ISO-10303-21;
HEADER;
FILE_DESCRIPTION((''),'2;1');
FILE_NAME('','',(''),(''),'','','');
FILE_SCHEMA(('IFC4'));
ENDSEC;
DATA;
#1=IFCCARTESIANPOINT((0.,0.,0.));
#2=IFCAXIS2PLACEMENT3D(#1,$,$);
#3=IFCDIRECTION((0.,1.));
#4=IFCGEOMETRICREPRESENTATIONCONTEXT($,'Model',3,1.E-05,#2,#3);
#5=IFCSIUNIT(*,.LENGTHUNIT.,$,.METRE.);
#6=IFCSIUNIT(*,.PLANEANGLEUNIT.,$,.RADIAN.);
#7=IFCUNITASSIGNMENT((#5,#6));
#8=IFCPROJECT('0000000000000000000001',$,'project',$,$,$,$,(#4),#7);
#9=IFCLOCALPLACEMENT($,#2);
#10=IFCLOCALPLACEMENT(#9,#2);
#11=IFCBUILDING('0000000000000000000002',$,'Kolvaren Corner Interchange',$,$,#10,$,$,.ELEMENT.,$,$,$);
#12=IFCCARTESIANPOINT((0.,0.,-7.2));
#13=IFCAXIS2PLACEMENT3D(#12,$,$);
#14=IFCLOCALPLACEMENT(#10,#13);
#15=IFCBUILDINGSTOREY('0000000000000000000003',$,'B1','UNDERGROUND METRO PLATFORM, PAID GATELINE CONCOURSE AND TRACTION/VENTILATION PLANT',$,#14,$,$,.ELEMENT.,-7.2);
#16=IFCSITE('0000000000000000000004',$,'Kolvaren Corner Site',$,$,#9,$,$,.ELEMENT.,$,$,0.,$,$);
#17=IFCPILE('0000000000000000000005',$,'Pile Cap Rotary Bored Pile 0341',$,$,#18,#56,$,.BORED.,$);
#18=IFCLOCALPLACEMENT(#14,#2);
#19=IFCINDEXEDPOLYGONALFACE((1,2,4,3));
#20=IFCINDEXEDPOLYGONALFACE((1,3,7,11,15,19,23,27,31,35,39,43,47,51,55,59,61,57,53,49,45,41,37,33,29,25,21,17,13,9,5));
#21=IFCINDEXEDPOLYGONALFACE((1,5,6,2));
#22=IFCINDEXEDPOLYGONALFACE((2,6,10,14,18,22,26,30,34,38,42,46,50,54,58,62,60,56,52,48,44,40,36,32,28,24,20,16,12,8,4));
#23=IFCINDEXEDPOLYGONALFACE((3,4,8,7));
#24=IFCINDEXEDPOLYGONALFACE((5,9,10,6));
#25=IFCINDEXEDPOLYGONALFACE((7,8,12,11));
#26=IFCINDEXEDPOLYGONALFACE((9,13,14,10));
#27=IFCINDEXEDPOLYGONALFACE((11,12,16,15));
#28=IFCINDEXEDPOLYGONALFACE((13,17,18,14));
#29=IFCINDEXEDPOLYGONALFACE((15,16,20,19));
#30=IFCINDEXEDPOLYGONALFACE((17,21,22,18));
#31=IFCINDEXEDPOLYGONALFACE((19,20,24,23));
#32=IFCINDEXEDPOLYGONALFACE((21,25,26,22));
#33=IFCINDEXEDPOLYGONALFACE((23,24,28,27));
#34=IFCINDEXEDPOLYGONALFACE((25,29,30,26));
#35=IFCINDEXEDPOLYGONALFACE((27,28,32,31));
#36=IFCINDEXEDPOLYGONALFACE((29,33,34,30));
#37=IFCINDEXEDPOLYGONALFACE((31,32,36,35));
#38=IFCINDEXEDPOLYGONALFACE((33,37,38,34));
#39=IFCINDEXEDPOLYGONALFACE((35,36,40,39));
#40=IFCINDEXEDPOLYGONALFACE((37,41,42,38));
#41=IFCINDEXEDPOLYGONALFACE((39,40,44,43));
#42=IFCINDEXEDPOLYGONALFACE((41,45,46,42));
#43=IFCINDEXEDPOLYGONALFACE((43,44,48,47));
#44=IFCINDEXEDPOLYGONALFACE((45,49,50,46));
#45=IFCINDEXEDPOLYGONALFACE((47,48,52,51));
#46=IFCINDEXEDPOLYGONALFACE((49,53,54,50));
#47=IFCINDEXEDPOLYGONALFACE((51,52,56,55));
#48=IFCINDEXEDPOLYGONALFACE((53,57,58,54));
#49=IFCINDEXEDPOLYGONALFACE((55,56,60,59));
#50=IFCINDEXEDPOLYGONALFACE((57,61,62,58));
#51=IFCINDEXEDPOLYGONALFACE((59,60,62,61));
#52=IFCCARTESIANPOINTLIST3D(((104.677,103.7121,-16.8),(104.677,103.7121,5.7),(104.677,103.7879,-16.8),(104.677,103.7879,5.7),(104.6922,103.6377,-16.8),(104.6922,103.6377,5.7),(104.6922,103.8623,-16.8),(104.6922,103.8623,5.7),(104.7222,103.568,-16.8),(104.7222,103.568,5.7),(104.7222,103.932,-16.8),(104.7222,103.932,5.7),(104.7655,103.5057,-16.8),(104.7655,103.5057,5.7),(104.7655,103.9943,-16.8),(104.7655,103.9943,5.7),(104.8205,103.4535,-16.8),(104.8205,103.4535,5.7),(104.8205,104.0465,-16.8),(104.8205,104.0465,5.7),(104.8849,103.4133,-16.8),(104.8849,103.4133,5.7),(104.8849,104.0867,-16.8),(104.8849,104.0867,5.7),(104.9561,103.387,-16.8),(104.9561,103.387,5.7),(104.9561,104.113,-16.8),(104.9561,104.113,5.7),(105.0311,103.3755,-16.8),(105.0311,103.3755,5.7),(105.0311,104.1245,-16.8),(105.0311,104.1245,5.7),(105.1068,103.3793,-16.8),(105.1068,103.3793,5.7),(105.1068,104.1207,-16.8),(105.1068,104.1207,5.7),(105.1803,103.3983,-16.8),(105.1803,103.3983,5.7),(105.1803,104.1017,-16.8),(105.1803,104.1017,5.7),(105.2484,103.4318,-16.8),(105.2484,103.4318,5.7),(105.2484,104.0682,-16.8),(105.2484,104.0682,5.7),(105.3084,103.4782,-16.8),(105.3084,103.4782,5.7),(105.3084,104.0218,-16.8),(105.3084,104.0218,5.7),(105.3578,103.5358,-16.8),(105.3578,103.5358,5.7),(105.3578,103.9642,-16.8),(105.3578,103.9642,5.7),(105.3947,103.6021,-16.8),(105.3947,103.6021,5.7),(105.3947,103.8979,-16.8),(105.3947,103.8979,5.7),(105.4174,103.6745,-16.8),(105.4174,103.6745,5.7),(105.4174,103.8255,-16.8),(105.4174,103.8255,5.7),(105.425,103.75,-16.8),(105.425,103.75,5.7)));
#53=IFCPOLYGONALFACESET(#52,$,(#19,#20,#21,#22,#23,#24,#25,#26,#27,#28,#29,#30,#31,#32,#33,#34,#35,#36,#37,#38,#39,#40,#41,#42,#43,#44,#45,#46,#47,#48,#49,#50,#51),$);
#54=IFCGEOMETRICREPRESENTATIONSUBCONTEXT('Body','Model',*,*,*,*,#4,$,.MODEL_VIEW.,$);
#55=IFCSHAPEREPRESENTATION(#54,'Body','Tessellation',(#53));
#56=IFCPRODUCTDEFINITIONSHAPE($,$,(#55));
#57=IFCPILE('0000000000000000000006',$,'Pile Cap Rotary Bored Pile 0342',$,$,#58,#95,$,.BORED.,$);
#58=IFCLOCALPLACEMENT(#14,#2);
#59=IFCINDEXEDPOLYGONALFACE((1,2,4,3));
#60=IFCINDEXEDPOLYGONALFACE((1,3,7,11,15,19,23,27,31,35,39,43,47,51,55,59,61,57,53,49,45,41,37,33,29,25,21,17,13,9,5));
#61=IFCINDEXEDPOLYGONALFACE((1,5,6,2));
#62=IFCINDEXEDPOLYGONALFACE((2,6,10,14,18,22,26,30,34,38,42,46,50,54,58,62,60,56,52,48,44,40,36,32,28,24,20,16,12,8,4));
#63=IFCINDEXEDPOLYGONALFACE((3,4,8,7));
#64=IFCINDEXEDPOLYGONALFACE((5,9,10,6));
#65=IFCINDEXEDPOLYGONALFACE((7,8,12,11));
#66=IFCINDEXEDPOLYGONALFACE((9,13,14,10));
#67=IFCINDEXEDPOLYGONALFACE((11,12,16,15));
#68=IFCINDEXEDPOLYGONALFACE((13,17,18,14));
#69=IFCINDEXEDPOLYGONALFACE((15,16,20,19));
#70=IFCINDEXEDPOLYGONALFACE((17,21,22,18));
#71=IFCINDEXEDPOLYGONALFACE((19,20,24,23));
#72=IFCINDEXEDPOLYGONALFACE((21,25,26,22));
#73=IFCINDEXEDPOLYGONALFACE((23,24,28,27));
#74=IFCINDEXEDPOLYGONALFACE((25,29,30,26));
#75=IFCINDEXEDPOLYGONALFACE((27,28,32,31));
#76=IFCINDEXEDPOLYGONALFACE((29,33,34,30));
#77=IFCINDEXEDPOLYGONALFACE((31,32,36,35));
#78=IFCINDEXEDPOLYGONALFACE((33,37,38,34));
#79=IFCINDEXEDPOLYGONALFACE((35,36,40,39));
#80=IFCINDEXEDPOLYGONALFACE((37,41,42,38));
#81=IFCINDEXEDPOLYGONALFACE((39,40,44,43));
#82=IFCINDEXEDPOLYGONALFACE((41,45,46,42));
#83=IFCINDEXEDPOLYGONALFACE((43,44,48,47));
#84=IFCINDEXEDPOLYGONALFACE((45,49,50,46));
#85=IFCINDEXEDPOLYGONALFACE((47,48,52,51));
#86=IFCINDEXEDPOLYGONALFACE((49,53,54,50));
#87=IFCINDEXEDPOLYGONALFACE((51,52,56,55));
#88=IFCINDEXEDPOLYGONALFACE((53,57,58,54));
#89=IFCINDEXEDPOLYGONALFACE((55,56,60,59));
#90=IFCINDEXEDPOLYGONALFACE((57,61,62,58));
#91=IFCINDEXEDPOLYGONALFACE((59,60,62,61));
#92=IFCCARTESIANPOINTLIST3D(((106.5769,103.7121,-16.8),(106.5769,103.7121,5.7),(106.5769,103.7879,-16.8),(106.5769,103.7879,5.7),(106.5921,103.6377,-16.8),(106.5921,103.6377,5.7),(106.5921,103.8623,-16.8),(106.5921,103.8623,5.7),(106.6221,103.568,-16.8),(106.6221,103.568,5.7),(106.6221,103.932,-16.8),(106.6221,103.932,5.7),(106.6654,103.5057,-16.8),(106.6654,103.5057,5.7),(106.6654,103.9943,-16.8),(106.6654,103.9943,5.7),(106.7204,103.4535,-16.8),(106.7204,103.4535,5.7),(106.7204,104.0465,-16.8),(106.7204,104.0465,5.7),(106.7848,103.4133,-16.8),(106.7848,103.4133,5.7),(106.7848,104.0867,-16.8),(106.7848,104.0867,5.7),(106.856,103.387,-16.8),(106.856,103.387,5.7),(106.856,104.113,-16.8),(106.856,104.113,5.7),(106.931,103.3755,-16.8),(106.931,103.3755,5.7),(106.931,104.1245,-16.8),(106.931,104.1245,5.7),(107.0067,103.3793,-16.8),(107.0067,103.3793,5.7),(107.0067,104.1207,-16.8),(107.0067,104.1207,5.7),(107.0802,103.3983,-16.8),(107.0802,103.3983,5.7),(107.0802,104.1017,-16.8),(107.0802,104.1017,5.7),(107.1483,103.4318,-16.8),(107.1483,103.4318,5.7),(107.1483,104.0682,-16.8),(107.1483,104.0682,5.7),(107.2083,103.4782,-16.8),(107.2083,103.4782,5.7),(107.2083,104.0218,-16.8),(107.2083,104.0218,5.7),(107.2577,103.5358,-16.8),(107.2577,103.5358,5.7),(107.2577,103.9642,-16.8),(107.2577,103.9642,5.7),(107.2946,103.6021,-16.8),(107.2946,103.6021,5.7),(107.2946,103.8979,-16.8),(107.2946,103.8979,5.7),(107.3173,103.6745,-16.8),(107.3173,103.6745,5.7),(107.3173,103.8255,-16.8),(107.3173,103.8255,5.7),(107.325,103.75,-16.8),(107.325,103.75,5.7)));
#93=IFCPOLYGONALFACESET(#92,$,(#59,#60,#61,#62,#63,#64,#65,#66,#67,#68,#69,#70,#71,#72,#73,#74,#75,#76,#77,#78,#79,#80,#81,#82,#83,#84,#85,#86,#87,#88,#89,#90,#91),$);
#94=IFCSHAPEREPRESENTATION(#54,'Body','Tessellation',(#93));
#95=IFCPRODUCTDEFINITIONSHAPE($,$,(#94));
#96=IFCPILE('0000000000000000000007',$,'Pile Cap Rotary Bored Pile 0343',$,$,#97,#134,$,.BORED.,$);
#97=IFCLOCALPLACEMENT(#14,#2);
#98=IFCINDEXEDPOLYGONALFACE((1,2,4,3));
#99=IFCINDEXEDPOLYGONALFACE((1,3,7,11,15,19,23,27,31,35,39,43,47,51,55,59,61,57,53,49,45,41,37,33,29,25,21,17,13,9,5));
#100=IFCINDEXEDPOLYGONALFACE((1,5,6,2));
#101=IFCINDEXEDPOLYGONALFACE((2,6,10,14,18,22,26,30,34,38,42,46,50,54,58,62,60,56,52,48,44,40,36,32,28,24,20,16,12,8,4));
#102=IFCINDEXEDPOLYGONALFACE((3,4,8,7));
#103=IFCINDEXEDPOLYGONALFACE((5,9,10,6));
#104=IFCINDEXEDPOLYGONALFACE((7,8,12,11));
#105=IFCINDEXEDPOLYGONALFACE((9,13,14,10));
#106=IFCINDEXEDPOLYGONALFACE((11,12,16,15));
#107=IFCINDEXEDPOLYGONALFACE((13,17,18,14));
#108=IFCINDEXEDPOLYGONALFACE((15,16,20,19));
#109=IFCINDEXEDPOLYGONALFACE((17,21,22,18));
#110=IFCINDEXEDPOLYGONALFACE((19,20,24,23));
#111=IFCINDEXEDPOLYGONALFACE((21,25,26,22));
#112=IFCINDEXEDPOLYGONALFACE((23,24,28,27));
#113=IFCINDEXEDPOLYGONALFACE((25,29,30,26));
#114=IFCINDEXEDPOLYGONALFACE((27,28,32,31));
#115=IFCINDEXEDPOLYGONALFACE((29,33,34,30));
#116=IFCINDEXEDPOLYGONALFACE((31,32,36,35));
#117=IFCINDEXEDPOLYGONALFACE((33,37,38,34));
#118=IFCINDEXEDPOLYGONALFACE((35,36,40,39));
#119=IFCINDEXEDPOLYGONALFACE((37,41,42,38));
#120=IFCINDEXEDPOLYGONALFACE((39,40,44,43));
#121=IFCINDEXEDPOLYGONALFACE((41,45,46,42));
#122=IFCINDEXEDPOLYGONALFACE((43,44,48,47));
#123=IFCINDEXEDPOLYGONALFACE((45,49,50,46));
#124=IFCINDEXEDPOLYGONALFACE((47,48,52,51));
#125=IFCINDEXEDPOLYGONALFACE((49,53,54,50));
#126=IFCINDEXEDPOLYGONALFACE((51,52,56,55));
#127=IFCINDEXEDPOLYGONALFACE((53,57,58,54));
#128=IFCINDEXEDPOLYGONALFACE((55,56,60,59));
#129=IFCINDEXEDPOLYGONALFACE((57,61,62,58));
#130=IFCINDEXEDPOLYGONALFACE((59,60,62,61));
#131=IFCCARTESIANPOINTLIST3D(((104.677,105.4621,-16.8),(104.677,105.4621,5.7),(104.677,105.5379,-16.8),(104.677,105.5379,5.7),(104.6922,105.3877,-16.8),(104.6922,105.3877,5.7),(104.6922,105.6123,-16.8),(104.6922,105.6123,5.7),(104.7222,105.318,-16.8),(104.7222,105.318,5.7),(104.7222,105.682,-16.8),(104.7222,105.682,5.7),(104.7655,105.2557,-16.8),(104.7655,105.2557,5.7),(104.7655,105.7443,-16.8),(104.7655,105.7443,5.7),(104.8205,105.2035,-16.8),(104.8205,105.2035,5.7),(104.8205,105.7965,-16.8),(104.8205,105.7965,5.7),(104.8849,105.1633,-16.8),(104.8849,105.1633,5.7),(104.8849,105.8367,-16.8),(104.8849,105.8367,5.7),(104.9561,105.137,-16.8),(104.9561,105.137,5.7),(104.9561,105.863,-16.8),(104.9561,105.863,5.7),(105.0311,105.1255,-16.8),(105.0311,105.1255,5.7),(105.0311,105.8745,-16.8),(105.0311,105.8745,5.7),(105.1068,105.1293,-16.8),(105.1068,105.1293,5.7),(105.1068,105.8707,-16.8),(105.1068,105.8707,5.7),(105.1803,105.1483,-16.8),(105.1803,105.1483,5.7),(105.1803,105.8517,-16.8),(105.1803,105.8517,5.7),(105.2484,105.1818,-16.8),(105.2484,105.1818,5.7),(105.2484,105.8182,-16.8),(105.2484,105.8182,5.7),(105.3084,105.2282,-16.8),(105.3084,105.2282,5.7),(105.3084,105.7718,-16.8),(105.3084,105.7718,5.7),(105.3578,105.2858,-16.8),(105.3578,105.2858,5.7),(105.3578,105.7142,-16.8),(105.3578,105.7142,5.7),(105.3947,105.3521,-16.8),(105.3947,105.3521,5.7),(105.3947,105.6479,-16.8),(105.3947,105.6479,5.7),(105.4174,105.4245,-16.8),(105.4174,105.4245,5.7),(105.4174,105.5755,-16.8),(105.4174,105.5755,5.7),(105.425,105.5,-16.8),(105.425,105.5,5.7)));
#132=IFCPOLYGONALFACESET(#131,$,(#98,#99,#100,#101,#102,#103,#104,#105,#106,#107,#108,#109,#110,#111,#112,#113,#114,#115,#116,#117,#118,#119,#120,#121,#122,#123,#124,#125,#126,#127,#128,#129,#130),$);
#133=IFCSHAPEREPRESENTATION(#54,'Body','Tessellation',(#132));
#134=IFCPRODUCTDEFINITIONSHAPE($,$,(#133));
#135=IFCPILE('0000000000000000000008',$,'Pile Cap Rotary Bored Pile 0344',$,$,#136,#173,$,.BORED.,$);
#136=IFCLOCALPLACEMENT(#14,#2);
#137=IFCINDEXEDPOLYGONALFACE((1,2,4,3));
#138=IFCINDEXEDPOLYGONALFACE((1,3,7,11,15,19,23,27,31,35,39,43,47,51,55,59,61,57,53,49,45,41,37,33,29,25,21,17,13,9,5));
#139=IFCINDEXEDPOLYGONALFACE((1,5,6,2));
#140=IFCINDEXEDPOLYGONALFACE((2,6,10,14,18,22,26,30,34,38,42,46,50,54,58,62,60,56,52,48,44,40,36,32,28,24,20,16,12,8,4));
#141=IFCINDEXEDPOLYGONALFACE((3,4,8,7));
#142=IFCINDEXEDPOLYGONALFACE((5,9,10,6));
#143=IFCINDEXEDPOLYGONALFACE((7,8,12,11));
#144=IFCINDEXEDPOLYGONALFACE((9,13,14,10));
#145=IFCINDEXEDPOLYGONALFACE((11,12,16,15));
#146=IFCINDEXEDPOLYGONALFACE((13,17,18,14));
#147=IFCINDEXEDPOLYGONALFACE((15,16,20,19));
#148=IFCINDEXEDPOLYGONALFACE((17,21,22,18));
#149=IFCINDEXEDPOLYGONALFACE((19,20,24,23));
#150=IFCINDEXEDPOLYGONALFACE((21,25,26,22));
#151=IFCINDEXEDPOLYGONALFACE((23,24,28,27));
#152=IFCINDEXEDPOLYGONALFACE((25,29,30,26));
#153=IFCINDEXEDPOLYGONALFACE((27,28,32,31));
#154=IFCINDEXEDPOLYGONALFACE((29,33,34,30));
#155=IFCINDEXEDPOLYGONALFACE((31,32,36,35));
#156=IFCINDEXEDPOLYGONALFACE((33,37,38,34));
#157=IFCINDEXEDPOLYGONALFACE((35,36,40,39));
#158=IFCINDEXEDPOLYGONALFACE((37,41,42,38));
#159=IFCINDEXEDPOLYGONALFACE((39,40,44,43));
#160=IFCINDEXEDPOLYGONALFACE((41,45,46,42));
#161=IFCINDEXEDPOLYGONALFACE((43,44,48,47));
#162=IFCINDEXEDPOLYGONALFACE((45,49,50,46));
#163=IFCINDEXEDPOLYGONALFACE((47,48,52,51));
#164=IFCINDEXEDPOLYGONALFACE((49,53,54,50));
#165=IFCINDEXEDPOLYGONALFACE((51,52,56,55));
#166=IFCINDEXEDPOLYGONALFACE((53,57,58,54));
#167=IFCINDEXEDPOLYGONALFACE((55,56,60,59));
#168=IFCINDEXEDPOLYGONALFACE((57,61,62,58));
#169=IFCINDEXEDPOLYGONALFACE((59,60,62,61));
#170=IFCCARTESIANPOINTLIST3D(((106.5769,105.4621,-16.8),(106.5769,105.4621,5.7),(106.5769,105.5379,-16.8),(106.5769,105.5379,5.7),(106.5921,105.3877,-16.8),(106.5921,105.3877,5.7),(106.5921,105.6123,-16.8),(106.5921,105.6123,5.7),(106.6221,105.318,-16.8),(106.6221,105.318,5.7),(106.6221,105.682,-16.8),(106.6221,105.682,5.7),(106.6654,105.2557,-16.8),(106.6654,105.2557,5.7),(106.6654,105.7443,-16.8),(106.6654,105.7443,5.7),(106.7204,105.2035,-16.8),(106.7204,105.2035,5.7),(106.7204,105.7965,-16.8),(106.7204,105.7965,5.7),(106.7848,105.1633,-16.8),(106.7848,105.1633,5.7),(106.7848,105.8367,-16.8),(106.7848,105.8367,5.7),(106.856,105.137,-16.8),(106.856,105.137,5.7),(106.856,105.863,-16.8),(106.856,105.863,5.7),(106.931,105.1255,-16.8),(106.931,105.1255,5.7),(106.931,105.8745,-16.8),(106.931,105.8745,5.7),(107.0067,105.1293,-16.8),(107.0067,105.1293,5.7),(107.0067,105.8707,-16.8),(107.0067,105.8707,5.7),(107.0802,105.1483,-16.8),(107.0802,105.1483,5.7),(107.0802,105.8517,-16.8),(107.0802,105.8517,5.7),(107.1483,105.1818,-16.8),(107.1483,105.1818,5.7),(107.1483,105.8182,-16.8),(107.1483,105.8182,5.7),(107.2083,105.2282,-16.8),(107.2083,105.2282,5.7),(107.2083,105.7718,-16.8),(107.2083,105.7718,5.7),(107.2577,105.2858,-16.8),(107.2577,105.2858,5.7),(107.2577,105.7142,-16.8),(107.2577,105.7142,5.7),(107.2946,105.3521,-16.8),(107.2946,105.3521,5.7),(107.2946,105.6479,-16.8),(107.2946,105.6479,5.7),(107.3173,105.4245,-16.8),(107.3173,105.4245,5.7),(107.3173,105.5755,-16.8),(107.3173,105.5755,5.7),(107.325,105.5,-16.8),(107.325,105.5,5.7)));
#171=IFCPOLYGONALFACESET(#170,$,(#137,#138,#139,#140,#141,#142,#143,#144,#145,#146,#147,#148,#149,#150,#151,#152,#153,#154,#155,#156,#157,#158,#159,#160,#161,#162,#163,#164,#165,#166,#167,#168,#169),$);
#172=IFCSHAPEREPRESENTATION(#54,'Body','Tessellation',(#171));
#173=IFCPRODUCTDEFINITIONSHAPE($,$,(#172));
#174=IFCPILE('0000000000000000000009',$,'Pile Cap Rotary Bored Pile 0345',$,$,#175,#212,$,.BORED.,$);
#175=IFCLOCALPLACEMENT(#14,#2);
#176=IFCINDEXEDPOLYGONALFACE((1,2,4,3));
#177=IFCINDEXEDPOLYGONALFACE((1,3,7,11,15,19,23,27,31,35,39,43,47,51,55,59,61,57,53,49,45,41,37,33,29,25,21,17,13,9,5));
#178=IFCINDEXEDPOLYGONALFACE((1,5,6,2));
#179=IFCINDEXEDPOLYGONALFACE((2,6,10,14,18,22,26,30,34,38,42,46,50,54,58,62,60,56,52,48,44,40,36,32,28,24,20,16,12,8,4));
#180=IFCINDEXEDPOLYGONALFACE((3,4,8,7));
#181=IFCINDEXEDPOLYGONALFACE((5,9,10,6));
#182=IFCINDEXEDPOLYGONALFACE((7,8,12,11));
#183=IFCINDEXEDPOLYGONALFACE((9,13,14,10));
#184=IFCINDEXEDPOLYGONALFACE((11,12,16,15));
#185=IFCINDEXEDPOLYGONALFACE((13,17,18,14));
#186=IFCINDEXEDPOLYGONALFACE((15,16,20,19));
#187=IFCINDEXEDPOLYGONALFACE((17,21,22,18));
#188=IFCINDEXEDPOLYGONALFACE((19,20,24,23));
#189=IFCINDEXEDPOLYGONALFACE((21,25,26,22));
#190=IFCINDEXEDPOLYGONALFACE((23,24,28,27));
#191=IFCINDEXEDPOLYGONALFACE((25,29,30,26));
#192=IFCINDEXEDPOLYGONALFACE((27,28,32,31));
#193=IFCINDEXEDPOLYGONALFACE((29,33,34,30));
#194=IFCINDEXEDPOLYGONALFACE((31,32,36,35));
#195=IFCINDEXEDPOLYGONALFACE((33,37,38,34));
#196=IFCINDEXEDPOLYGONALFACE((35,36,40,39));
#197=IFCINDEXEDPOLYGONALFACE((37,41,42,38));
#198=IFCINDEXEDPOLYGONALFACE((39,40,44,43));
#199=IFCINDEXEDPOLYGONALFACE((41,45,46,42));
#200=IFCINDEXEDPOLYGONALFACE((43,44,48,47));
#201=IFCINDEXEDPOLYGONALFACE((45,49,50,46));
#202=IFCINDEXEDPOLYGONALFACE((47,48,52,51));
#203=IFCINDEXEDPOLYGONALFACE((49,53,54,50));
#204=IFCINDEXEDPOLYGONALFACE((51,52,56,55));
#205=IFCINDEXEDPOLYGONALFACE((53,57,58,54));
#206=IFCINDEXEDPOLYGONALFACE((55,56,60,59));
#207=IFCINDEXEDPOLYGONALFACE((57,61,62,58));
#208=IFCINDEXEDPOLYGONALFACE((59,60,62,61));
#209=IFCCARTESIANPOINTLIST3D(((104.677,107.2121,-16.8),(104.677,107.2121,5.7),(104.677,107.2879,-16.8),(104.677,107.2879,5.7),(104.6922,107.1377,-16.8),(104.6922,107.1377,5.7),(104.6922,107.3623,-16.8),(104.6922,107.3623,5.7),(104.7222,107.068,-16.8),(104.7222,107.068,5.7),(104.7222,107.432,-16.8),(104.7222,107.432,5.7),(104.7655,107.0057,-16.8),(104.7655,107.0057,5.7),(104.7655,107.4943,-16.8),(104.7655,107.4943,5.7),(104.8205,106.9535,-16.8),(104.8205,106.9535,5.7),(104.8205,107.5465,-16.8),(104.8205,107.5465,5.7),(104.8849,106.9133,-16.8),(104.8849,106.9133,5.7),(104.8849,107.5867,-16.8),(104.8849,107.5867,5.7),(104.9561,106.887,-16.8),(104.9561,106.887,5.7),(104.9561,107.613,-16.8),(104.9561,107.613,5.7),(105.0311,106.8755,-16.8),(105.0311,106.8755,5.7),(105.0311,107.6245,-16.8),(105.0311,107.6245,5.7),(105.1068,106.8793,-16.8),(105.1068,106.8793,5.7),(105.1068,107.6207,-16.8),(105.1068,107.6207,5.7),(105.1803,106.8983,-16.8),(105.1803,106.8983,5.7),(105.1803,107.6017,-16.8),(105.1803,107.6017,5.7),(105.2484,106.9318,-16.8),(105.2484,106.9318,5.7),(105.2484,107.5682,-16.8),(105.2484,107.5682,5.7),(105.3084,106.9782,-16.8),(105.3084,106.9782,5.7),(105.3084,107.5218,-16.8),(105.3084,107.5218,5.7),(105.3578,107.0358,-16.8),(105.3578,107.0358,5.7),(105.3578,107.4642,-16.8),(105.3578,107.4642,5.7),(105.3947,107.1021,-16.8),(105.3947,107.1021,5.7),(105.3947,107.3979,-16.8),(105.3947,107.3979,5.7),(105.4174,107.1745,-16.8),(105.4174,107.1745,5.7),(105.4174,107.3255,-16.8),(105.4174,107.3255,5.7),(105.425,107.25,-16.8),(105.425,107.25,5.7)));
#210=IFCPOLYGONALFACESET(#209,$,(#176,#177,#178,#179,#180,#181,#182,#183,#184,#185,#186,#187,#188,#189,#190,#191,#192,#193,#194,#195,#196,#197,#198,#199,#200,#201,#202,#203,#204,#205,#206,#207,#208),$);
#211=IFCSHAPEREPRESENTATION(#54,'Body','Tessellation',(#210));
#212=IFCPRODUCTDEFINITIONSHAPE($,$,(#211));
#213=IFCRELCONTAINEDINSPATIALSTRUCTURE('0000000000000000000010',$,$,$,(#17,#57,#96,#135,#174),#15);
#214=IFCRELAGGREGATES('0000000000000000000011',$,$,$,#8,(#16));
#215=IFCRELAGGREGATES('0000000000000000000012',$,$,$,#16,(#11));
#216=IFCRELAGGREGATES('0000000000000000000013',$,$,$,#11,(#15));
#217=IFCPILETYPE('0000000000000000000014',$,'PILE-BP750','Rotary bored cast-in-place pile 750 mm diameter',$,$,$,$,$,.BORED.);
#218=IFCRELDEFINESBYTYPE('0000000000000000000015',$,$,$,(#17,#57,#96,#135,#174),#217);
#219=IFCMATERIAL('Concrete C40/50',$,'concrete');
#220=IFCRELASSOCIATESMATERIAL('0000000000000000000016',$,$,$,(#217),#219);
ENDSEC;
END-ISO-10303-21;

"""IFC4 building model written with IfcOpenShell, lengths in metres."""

from ifc_helpers import new_model, si_unit, direction, frame, origin, origin_2d, place, context, subcontext, project, spatial, circle, extrude, material, material_profile, profile_set, type_object, element, save


model = new_model("IFC4")

# Units and contexts
model_context = context("Model", 3, precision=1e-05, world=origin(), true_north=direction((0.0, 1.0)))
body_context = subcontext(model_context, "Body", "Model", "MODEL_VIEW")
ifc_project = project(units=[si_unit("LENGTHUNIT", "METRE"), si_unit("PLANEANGLEUNIT", "RADIAN")], contexts=[model_context])

# Site, building, storey
site_placement = place(None, origin())
site = spatial("IfcSite", under=ifc_project, at=site_placement, Name="Kolvaren Corner Site", CompositionType="ELEMENT", RefElevation=0.0)
building_placement = place(site_placement, origin())
building = spatial("IfcBuilding", under=site, at=building_placement, Name="Kolvaren Corner Interchange", CompositionType="ELEMENT")
storey_placement = place(building_placement, frame((0.0, 0.0, -7.2)))
storey = spatial("IfcBuildingStorey", under=building, at=storey_placement, Name="B1", Description="UNDERGROUND METRO PLATFORM, PAID GATELINE CONCOURSE AND TRACTION/VENTILATION PLANT", CompositionType="ELEMENT", Elevation=-7.2)

# Piles
ifc_material_1 = material(Name="Concrete C40/50", Category="concrete")
ifc_material_profile = material_profile(ifc_material_1, circle(Radius=0.375, at=origin_2d()), Name="BORED PILE 750")
ifc_profile_set = profile_set([ifc_material_profile], Name="Concrete C40/50")
pile_type = type_object("IfcPileType", Name="PILE-BP750", Description="Rotary bored cast-in-place pile 750 mm diameter", PredefinedType="BORED", material=ifc_profile_set)
for number, where, z_axis, x_axis, name in (
    (1, (105.05, 103.75, 5.7), (0.0, 0.0, -1.0), (1.0, 0.0, 0.0), "Pile Cap Rotary Bored Pile 0341"),
    (2, (106.95, 103.75, 5.7), (0.0, 0.0, -1.0), (1.0, 0.0, 0.0), "Pile Cap Rotary Bored Pile 0342"),
    (3, (105.05, 105.5, 5.7), (0.0, 0.0, -1.0), (1.0, 0.0, 0.0), "Pile Cap Rotary Bored Pile 0343"),
    (4, (106.95, 105.5, 5.7), (0.0, 0.0, -1.0), (1.0, 0.0, 0.0), "Pile Cap Rotary Bored Pile 0344"),
    (5, (105.05, 107.25, 5.7), (0.0, 0.0, -1.0), (1.0, 0.0, 0.0), "Pile Cap Rotary Bored Pile 0345"),
):
    element("IfcPile", number, at=place(storey_placement, frame(where, z_axis=z_axis, x_axis=x_axis)), inside=storey, type_object=pile_type, Name=name, PredefinedType="BORED", context=body_context, shape_type="SweptSolid", body=[
        extrude(circle(Radius=0.375, at=origin_2d()), origin(), (0.0, 0.0, 1.0), 22.5),
    ])

save(model, "model.ifc")
